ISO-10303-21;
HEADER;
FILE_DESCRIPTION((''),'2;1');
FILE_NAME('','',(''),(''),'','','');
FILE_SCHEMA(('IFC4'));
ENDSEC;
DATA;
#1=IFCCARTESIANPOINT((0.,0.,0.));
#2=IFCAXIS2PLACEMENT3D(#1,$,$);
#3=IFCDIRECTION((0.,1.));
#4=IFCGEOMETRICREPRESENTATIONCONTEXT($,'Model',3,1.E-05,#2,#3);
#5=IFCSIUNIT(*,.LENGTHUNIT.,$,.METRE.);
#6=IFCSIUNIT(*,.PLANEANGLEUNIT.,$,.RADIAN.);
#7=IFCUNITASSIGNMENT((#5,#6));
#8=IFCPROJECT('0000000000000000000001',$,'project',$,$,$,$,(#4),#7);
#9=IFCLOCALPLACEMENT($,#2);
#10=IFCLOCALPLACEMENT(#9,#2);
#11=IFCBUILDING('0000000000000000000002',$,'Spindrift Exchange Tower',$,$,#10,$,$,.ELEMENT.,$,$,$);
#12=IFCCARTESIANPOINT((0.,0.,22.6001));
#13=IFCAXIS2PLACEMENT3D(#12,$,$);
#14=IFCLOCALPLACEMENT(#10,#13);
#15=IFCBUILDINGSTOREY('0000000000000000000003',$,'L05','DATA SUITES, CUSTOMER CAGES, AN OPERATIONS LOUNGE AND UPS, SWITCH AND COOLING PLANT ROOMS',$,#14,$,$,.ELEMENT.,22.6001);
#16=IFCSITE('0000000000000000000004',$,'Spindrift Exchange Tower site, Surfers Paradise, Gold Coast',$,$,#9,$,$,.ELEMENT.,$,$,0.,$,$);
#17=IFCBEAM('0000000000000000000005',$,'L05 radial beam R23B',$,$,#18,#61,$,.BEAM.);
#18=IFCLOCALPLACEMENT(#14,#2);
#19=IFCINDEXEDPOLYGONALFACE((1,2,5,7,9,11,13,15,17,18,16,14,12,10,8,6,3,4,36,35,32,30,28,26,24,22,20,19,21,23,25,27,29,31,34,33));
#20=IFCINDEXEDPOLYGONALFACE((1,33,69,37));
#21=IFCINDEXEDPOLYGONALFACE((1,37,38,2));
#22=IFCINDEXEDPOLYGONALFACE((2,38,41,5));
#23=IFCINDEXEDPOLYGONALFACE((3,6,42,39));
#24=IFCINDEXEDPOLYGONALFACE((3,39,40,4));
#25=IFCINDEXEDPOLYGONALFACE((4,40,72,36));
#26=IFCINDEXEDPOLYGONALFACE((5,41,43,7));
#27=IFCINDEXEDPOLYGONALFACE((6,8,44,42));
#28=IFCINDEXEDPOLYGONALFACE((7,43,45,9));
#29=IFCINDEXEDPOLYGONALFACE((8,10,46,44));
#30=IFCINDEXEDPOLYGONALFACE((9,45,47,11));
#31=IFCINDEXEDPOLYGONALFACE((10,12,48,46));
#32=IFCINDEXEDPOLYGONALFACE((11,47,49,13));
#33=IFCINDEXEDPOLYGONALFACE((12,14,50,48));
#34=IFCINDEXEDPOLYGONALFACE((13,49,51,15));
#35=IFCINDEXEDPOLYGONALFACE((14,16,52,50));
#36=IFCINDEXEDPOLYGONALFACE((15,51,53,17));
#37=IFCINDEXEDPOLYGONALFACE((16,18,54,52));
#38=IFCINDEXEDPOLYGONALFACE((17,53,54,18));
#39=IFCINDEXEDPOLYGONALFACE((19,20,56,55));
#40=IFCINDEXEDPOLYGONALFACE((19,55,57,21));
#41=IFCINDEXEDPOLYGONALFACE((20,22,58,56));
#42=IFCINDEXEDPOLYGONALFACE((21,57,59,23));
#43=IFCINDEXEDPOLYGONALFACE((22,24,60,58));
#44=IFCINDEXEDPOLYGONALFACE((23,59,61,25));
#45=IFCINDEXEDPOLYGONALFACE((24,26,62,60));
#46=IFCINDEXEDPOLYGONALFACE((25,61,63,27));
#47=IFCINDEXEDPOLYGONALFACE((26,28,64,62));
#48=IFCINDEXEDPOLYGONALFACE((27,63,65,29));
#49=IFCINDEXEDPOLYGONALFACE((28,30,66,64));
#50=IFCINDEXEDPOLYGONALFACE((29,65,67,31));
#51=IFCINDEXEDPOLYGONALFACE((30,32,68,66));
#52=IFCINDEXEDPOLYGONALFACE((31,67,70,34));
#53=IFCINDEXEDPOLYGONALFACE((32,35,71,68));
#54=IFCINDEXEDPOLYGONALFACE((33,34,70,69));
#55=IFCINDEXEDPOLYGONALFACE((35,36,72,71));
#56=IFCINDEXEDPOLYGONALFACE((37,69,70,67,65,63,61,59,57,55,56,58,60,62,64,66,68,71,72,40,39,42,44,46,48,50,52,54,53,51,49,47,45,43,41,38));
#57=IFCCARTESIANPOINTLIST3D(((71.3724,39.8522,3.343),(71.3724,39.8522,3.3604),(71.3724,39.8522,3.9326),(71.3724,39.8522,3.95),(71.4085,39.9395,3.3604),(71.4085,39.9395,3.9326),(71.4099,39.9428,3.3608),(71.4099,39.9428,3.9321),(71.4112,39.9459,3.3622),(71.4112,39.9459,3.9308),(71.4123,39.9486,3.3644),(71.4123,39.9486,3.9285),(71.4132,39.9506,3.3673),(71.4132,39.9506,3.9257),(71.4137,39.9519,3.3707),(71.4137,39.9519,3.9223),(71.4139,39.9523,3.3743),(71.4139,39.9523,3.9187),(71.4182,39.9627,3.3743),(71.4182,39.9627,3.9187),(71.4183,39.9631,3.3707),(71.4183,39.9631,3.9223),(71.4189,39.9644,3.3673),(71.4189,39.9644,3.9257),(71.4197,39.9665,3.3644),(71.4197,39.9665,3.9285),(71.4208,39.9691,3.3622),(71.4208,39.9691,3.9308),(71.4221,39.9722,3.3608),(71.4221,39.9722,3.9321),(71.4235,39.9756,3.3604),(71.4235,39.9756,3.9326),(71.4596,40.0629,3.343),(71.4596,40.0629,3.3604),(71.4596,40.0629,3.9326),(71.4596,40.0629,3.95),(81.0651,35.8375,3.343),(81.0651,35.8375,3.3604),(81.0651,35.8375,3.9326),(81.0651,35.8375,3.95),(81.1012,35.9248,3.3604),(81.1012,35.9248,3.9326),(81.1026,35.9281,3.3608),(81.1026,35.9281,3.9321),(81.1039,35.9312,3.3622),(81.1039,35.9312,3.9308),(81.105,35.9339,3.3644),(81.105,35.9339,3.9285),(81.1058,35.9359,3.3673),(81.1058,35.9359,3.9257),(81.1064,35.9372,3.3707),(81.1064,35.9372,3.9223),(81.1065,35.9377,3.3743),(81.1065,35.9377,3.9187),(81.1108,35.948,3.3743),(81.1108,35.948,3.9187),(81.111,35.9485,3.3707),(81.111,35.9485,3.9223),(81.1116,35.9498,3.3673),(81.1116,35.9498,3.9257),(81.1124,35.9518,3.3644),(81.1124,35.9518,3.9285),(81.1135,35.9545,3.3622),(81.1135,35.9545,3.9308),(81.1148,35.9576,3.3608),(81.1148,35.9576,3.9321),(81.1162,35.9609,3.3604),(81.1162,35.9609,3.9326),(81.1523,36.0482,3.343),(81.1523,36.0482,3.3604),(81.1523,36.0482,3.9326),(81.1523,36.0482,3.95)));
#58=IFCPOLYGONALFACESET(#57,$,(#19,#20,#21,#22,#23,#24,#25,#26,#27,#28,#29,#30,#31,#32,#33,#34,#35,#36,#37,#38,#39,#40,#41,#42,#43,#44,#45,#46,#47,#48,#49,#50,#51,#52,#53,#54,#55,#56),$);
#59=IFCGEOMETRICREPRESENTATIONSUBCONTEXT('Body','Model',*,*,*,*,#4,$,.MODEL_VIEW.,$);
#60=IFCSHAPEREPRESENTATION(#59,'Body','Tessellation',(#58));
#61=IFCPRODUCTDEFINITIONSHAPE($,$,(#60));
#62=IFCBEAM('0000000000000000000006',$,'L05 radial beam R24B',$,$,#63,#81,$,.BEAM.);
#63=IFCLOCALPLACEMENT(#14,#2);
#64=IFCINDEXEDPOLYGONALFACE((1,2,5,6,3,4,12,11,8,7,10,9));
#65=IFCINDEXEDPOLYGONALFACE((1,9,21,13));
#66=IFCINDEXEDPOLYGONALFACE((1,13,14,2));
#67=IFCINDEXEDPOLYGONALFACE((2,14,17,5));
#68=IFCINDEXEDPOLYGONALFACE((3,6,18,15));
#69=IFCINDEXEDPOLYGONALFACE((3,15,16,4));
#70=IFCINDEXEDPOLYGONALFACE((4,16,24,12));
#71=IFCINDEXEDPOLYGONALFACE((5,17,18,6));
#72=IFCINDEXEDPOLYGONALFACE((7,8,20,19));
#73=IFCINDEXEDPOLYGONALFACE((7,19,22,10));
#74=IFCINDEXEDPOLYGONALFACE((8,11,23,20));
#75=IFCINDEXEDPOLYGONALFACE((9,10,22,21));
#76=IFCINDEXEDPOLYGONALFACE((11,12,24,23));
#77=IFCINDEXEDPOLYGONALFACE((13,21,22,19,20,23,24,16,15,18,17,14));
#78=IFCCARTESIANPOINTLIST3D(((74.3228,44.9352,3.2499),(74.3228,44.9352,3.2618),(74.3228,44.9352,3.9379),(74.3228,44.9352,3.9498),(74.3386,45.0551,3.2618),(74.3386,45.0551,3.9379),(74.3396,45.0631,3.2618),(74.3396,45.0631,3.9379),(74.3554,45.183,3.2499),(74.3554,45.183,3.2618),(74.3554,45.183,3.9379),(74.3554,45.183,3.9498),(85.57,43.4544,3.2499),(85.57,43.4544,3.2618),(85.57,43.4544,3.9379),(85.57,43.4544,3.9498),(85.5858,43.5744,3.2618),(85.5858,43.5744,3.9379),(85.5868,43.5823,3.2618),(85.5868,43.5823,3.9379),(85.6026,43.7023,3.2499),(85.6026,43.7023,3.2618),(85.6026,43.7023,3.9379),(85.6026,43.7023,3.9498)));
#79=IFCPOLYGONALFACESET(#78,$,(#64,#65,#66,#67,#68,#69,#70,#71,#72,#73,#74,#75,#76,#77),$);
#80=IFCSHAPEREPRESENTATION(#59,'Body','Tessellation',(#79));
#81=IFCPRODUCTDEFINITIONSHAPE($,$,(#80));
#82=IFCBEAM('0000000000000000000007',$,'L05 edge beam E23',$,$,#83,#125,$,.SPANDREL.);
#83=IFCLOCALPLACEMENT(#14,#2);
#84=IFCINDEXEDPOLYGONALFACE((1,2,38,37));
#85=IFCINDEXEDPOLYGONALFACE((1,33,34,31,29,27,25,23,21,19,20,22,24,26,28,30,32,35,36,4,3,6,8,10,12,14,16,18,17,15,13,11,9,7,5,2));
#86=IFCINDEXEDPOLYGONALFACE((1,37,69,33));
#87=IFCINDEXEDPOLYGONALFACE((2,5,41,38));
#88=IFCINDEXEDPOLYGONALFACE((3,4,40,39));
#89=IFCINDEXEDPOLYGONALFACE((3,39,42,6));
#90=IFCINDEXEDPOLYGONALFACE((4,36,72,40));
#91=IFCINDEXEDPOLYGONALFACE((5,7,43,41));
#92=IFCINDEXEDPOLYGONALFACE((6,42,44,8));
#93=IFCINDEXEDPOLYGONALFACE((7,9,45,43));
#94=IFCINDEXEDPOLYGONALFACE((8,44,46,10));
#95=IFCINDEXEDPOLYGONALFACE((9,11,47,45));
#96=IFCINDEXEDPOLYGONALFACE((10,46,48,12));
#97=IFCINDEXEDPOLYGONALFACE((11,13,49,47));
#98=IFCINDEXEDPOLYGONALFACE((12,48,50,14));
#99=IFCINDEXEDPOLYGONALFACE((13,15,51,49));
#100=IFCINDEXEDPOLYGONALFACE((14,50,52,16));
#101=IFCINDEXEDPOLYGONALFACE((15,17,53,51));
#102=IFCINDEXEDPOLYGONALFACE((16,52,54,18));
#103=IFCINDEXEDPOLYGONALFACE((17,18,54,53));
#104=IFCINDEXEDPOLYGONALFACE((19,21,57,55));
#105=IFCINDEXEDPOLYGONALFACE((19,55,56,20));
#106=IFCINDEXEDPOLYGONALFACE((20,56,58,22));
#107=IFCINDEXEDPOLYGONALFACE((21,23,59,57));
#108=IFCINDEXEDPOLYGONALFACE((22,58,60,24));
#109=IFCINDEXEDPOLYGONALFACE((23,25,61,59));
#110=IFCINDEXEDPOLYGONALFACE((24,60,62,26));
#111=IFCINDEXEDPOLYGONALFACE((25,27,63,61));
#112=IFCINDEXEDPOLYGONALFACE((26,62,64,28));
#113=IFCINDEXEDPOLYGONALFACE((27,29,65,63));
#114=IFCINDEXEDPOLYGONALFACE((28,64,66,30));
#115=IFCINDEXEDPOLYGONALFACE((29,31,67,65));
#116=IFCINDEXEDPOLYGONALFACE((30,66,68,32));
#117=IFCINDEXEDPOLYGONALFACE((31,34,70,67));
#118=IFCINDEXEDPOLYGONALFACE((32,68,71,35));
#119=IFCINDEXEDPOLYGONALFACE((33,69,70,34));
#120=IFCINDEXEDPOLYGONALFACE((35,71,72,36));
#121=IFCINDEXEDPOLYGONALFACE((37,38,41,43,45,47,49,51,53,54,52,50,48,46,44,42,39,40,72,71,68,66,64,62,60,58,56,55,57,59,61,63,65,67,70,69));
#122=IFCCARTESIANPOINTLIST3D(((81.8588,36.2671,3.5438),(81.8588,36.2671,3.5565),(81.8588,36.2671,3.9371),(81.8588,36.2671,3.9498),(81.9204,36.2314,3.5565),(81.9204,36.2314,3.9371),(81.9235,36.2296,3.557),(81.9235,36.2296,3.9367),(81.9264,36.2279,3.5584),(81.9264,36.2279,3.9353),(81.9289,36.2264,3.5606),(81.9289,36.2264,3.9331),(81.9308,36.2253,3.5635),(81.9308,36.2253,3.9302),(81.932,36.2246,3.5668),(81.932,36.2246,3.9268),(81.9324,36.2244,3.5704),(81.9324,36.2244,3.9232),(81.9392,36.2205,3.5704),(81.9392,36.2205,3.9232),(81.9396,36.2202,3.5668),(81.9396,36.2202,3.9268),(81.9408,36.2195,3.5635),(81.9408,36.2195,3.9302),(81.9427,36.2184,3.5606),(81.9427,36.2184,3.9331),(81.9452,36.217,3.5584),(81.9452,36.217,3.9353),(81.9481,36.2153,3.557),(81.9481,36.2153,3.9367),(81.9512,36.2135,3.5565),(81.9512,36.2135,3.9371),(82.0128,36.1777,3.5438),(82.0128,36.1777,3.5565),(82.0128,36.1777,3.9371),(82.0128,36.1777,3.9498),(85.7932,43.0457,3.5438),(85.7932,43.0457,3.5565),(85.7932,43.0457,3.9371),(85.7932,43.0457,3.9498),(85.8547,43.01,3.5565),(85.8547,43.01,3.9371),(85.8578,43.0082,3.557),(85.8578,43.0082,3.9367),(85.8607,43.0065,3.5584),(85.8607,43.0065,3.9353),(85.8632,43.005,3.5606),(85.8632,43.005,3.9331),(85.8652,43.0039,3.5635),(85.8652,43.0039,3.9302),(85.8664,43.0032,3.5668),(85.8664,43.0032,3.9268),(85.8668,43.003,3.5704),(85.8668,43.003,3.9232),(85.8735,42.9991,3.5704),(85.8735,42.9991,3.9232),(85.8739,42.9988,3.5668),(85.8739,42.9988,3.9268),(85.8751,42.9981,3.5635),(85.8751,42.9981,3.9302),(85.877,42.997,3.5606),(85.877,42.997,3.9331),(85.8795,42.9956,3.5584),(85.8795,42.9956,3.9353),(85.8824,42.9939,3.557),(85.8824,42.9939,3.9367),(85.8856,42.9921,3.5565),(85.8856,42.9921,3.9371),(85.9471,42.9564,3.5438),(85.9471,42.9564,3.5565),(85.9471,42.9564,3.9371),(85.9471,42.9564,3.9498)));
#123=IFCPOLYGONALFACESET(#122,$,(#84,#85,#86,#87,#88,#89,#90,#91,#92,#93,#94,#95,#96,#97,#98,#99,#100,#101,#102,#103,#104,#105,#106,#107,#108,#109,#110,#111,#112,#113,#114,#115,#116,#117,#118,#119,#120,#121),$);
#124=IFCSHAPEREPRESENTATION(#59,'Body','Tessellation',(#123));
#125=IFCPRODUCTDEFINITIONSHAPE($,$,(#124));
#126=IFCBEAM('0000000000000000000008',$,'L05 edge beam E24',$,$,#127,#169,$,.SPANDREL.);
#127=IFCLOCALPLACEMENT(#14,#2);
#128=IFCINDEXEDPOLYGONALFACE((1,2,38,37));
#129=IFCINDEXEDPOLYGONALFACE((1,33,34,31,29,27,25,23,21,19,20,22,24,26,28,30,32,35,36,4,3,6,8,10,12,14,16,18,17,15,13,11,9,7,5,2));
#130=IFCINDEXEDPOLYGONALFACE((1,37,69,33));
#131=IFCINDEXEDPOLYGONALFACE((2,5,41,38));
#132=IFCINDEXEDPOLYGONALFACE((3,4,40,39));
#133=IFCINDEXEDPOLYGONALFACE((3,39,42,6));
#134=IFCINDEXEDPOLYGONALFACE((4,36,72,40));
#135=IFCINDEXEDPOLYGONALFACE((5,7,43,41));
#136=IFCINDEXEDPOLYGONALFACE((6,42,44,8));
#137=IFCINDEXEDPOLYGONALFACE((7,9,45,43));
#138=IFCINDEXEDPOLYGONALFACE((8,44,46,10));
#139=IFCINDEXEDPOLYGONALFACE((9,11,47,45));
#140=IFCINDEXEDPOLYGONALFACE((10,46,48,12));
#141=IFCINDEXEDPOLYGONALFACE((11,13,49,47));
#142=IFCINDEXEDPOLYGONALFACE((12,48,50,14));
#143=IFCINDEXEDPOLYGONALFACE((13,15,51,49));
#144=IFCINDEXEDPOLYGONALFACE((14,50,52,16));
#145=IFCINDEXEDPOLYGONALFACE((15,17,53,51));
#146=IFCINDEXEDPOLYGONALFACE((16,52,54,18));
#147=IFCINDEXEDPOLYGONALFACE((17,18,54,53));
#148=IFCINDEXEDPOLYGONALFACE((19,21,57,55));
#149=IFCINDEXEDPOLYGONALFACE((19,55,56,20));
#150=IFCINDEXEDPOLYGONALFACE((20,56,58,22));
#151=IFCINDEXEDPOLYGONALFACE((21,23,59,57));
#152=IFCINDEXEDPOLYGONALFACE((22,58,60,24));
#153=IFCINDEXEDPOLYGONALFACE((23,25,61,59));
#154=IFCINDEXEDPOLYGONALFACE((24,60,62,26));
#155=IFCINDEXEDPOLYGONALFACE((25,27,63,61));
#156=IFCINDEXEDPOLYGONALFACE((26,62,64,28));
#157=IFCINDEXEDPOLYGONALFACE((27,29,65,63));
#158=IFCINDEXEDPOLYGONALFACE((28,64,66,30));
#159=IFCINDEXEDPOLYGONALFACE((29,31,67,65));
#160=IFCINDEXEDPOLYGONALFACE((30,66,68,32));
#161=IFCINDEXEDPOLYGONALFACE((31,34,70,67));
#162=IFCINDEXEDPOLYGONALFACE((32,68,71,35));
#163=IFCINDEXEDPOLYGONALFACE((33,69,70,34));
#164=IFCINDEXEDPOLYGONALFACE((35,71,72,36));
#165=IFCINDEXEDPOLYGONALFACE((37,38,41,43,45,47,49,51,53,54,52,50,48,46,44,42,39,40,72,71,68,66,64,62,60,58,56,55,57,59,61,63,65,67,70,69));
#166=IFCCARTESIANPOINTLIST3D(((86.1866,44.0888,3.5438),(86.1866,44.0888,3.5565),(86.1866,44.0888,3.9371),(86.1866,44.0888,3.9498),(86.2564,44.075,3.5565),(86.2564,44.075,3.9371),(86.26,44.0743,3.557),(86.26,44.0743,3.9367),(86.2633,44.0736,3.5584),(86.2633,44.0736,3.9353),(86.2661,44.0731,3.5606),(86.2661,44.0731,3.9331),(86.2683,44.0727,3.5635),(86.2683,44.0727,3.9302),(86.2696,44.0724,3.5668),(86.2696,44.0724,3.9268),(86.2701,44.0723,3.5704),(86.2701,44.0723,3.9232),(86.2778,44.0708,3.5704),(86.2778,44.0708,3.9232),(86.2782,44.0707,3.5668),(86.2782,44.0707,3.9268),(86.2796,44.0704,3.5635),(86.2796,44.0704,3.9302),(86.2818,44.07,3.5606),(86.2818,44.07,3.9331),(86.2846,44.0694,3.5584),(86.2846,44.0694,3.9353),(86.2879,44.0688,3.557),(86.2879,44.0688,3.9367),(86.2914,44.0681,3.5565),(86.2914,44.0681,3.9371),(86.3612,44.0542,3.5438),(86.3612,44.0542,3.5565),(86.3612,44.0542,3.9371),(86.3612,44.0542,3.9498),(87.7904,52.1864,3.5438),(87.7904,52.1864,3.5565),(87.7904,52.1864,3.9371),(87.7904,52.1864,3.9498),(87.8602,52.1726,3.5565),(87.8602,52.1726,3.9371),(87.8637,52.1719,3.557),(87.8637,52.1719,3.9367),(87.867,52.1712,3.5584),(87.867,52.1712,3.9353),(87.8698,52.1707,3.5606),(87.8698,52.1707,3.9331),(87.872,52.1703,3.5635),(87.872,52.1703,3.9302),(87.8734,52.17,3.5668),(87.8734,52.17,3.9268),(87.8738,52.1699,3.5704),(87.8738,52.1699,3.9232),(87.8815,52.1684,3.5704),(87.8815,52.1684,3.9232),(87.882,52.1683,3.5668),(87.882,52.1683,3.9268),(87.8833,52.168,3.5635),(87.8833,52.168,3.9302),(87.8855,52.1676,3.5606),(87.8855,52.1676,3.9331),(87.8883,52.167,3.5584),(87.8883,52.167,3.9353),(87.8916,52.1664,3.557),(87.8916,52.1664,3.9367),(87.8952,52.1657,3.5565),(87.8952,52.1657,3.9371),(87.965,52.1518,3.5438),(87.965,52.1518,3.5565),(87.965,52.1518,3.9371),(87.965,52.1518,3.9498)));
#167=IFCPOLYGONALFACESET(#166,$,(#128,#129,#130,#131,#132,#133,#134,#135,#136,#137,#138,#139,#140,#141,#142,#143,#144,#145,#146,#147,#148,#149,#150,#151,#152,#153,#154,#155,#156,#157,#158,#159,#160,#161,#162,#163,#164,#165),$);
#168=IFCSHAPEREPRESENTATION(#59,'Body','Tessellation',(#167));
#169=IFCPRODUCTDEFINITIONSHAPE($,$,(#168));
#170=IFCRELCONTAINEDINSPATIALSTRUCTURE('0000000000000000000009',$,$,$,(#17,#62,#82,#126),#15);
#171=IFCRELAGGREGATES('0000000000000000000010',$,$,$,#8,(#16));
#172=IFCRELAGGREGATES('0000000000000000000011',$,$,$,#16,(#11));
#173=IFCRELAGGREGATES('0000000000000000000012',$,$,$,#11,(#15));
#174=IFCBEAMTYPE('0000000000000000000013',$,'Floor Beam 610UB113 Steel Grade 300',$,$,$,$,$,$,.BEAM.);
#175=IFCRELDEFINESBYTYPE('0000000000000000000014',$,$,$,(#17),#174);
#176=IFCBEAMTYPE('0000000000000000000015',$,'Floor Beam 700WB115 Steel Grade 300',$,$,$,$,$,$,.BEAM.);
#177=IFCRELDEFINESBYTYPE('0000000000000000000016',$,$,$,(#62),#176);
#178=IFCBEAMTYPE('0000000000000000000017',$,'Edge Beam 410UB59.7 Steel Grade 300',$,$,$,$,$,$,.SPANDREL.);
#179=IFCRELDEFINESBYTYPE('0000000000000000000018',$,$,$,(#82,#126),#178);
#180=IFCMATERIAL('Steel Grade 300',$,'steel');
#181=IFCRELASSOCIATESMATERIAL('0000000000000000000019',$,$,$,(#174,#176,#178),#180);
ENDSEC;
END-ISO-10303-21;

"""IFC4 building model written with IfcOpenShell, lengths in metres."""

from ifc_helpers import new_model, si_unit, direction, frame, origin, origin_2d, place, context, subcontext, project, spatial, i_section, extrude, source, transform, mapped, material, material_profile, profile_set, type_object, element, save


model = new_model("IFC4")

# Units and contexts
model_context = context("Model", 3, precision=1e-05, world=origin(), true_north=direction((0.0, 1.0)))
body_context = subcontext(model_context, "Body", "Model", "MODEL_VIEW")
ifc_project = project(units=[si_unit("LENGTHUNIT", "METRE"), si_unit("PLANEANGLEUNIT", "RADIAN")], contexts=[model_context])

# Site, building, storey
site_placement = place(None, origin())
site = spatial("IfcSite", under=ifc_project, at=site_placement, Name="Spindrift Exchange Tower site, Surfers Paradise, Gold Coast", CompositionType="ELEMENT", RefElevation=0.0)
building_placement = place(site_placement, origin())
building = spatial("IfcBuilding", under=site, at=building_placement, Name="Spindrift Exchange Tower", CompositionType="ELEMENT")
storey_placement = place(building_placement, frame((0.0, 0.0, 22.6001)))
storey = spatial("IfcBuildingStorey", under=building, at=storey_placement, Name="L05", Description="DATA SUITES, CUSTOMER CAGES, AN OPERATIONS LOUNGE AND UPS, SWITCH AND COOLING PLANT ROOMS", CompositionType="ELEMENT", Elevation=22.6001)

# Beams
ifc_material_1 = material(Name="Steel Grade 300", Category="steel")
ifc_material_profile_1 = material_profile(ifc_material_1, i_section(OverallWidth=0.228, OverallDepth=0.6069, WebThickness=0.0112, FlangeThickness=0.0173, FilletRadius=0.0139, at=origin_2d()), Name="610UB113")
ifc_profile_set_1 = profile_set([ifc_material_profile_1], Name="Steel Grade 300")
beam_type_1 = type_object("IfcBeamType", Name="Floor Beam 610UB113 Steel Grade 300", PredefinedType="BEAM", material=ifc_profile_set_1)
shared_shape_1 = source(origin(), body_context, "Body", "SweptSolid", [
    extrude(i_section(OverallWidth=0.228, OverallDepth=0.6069, WebThickness=0.0112, FlangeThickness=0.0173, FilletRadius=0.0139, at=origin_2d()), origin(), (0.0, 0.0, 1.0), 10.4912),
])
beam_1_placement = place(storey_placement, frame((71.416, 39.9575, 3.6465), z_axis=(0.923885, -0.38267, 0.0), x_axis=(0.38267, 0.923885, 0.0)))
element("IfcBeam", 1, at=beam_1_placement, inside=storey, type_object=beam_type_1, Name="L05 radial beam R23B", PredefinedType="BEAM", context=body_context, shape_type="MappedRepresentation", body=[
    mapped(shared_shape_1, transform((0.0, 0.0, 0.0), scale=1.0)),
])
ifc_material_profile_2 = material_profile(ifc_material_1, i_section(OverallWidth=0.25, OverallDepth=0.7, WebThickness=0.0081, FlangeThickness=0.012, at=origin_2d()), Name="700WB115")
ifc_profile_set_2 = profile_set([ifc_material_profile_2], Name="Steel Grade 300")
beam_type_2 = type_object("IfcBeamType", Name="Floor Beam 700WB115 Steel Grade 300", PredefinedType="BEAM", material=ifc_profile_set_2)
shared_shape_2 = source(origin(), body_context, "Body", "SweptSolid", [
    extrude(i_section(OverallWidth=0.25, OverallDepth=0.7, WebThickness=0.0081, FlangeThickness=0.012, at=origin_2d()), origin(), (0.0, 0.0, 1.0), 11.3442),
])
beam_2_placement = place(storey_placement, frame((74.3391, 45.0591, 3.5999), z_axis=(0.991445, -0.130527, 0.0), x_axis=(0.130527, 0.991445, 0.0)))
element("IfcBeam", 2, at=beam_2_placement, inside=storey, type_object=beam_type_2, Name="L05 radial beam R24B", PredefinedType="BEAM", context=body_context, shape_type="MappedRepresentation", body=[
    mapped(shared_shape_2, transform((0.0, 0.0, 0.0), scale=1.0)),
])
ifc_material_profile_3 = material_profile(ifc_material_1, i_section(OverallWidth=0.178, OverallDepth=0.406, WebThickness=0.0078, FlangeThickness=0.0127, FilletRadius=0.0139, at=origin_2d()), Name="410UB59.7")
ifc_profile_set_3 = profile_set([ifc_material_profile_3], Name="Steel Grade 300")
beam_type_3 = type_object("IfcBeamType", Name="Edge Beam 410UB59.7 Steel Grade 300", PredefinedType="SPANDREL", material=ifc_profile_set_3)
shared_shape_3 = source(origin(), body_context, "Body", "SweptSolid", [
    extrude(i_section(OverallWidth=0.178, OverallDepth=0.406, WebThickness=0.0078, FlangeThickness=0.0127, FilletRadius=0.0139, at=origin_2d()), origin(), (0.0, 0.0, 1.0), 7.8376),
])
beam_3_placement = place(storey_placement, frame((81.9358, 36.2224, 3.7468), z_axis=(0.501981, 0.864878, 0.0), x_axis=(-0.864878, 0.501981, 0.0)))
element("IfcBeam", 3, at=beam_3_placement, inside=storey, type_object=beam_type_3, Name="L05 edge beam E23", PredefinedType="SPANDREL", context=body_context, shape_type="MappedRepresentation", body=[
    mapped(shared_shape_3, transform((0.0, 0.0, 0.0), scale=1.0)),
])
shared_shape_4 = source(origin(), body_context, "Body", "SweptSolid", [
    extrude(i_section(OverallWidth=0.178, OverallDepth=0.406, WebThickness=0.0078, FlangeThickness=0.0127, FilletRadius=0.0139, at=origin_2d()), origin(), (0.0, 0.0, 1.0), 8.2549),
])
beam_4_placement = place(storey_placement, frame((86.2739, 44.0715, 3.7468), z_axis=(0.194279, 0.980946, 0.0), x_axis=(-0.980946, 0.194279, 0.0)))
element("IfcBeam", 4, at=beam_4_placement, inside=storey, type_object=beam_type_3, Name="L05 edge beam E24", PredefinedType="SPANDREL", context=body_context, shape_type="MappedRepresentation", body=[
    mapped(shared_shape_4, transform((0.0, 0.0, 0.0), scale=1.0)),
])

save(model, "model.ifc")
